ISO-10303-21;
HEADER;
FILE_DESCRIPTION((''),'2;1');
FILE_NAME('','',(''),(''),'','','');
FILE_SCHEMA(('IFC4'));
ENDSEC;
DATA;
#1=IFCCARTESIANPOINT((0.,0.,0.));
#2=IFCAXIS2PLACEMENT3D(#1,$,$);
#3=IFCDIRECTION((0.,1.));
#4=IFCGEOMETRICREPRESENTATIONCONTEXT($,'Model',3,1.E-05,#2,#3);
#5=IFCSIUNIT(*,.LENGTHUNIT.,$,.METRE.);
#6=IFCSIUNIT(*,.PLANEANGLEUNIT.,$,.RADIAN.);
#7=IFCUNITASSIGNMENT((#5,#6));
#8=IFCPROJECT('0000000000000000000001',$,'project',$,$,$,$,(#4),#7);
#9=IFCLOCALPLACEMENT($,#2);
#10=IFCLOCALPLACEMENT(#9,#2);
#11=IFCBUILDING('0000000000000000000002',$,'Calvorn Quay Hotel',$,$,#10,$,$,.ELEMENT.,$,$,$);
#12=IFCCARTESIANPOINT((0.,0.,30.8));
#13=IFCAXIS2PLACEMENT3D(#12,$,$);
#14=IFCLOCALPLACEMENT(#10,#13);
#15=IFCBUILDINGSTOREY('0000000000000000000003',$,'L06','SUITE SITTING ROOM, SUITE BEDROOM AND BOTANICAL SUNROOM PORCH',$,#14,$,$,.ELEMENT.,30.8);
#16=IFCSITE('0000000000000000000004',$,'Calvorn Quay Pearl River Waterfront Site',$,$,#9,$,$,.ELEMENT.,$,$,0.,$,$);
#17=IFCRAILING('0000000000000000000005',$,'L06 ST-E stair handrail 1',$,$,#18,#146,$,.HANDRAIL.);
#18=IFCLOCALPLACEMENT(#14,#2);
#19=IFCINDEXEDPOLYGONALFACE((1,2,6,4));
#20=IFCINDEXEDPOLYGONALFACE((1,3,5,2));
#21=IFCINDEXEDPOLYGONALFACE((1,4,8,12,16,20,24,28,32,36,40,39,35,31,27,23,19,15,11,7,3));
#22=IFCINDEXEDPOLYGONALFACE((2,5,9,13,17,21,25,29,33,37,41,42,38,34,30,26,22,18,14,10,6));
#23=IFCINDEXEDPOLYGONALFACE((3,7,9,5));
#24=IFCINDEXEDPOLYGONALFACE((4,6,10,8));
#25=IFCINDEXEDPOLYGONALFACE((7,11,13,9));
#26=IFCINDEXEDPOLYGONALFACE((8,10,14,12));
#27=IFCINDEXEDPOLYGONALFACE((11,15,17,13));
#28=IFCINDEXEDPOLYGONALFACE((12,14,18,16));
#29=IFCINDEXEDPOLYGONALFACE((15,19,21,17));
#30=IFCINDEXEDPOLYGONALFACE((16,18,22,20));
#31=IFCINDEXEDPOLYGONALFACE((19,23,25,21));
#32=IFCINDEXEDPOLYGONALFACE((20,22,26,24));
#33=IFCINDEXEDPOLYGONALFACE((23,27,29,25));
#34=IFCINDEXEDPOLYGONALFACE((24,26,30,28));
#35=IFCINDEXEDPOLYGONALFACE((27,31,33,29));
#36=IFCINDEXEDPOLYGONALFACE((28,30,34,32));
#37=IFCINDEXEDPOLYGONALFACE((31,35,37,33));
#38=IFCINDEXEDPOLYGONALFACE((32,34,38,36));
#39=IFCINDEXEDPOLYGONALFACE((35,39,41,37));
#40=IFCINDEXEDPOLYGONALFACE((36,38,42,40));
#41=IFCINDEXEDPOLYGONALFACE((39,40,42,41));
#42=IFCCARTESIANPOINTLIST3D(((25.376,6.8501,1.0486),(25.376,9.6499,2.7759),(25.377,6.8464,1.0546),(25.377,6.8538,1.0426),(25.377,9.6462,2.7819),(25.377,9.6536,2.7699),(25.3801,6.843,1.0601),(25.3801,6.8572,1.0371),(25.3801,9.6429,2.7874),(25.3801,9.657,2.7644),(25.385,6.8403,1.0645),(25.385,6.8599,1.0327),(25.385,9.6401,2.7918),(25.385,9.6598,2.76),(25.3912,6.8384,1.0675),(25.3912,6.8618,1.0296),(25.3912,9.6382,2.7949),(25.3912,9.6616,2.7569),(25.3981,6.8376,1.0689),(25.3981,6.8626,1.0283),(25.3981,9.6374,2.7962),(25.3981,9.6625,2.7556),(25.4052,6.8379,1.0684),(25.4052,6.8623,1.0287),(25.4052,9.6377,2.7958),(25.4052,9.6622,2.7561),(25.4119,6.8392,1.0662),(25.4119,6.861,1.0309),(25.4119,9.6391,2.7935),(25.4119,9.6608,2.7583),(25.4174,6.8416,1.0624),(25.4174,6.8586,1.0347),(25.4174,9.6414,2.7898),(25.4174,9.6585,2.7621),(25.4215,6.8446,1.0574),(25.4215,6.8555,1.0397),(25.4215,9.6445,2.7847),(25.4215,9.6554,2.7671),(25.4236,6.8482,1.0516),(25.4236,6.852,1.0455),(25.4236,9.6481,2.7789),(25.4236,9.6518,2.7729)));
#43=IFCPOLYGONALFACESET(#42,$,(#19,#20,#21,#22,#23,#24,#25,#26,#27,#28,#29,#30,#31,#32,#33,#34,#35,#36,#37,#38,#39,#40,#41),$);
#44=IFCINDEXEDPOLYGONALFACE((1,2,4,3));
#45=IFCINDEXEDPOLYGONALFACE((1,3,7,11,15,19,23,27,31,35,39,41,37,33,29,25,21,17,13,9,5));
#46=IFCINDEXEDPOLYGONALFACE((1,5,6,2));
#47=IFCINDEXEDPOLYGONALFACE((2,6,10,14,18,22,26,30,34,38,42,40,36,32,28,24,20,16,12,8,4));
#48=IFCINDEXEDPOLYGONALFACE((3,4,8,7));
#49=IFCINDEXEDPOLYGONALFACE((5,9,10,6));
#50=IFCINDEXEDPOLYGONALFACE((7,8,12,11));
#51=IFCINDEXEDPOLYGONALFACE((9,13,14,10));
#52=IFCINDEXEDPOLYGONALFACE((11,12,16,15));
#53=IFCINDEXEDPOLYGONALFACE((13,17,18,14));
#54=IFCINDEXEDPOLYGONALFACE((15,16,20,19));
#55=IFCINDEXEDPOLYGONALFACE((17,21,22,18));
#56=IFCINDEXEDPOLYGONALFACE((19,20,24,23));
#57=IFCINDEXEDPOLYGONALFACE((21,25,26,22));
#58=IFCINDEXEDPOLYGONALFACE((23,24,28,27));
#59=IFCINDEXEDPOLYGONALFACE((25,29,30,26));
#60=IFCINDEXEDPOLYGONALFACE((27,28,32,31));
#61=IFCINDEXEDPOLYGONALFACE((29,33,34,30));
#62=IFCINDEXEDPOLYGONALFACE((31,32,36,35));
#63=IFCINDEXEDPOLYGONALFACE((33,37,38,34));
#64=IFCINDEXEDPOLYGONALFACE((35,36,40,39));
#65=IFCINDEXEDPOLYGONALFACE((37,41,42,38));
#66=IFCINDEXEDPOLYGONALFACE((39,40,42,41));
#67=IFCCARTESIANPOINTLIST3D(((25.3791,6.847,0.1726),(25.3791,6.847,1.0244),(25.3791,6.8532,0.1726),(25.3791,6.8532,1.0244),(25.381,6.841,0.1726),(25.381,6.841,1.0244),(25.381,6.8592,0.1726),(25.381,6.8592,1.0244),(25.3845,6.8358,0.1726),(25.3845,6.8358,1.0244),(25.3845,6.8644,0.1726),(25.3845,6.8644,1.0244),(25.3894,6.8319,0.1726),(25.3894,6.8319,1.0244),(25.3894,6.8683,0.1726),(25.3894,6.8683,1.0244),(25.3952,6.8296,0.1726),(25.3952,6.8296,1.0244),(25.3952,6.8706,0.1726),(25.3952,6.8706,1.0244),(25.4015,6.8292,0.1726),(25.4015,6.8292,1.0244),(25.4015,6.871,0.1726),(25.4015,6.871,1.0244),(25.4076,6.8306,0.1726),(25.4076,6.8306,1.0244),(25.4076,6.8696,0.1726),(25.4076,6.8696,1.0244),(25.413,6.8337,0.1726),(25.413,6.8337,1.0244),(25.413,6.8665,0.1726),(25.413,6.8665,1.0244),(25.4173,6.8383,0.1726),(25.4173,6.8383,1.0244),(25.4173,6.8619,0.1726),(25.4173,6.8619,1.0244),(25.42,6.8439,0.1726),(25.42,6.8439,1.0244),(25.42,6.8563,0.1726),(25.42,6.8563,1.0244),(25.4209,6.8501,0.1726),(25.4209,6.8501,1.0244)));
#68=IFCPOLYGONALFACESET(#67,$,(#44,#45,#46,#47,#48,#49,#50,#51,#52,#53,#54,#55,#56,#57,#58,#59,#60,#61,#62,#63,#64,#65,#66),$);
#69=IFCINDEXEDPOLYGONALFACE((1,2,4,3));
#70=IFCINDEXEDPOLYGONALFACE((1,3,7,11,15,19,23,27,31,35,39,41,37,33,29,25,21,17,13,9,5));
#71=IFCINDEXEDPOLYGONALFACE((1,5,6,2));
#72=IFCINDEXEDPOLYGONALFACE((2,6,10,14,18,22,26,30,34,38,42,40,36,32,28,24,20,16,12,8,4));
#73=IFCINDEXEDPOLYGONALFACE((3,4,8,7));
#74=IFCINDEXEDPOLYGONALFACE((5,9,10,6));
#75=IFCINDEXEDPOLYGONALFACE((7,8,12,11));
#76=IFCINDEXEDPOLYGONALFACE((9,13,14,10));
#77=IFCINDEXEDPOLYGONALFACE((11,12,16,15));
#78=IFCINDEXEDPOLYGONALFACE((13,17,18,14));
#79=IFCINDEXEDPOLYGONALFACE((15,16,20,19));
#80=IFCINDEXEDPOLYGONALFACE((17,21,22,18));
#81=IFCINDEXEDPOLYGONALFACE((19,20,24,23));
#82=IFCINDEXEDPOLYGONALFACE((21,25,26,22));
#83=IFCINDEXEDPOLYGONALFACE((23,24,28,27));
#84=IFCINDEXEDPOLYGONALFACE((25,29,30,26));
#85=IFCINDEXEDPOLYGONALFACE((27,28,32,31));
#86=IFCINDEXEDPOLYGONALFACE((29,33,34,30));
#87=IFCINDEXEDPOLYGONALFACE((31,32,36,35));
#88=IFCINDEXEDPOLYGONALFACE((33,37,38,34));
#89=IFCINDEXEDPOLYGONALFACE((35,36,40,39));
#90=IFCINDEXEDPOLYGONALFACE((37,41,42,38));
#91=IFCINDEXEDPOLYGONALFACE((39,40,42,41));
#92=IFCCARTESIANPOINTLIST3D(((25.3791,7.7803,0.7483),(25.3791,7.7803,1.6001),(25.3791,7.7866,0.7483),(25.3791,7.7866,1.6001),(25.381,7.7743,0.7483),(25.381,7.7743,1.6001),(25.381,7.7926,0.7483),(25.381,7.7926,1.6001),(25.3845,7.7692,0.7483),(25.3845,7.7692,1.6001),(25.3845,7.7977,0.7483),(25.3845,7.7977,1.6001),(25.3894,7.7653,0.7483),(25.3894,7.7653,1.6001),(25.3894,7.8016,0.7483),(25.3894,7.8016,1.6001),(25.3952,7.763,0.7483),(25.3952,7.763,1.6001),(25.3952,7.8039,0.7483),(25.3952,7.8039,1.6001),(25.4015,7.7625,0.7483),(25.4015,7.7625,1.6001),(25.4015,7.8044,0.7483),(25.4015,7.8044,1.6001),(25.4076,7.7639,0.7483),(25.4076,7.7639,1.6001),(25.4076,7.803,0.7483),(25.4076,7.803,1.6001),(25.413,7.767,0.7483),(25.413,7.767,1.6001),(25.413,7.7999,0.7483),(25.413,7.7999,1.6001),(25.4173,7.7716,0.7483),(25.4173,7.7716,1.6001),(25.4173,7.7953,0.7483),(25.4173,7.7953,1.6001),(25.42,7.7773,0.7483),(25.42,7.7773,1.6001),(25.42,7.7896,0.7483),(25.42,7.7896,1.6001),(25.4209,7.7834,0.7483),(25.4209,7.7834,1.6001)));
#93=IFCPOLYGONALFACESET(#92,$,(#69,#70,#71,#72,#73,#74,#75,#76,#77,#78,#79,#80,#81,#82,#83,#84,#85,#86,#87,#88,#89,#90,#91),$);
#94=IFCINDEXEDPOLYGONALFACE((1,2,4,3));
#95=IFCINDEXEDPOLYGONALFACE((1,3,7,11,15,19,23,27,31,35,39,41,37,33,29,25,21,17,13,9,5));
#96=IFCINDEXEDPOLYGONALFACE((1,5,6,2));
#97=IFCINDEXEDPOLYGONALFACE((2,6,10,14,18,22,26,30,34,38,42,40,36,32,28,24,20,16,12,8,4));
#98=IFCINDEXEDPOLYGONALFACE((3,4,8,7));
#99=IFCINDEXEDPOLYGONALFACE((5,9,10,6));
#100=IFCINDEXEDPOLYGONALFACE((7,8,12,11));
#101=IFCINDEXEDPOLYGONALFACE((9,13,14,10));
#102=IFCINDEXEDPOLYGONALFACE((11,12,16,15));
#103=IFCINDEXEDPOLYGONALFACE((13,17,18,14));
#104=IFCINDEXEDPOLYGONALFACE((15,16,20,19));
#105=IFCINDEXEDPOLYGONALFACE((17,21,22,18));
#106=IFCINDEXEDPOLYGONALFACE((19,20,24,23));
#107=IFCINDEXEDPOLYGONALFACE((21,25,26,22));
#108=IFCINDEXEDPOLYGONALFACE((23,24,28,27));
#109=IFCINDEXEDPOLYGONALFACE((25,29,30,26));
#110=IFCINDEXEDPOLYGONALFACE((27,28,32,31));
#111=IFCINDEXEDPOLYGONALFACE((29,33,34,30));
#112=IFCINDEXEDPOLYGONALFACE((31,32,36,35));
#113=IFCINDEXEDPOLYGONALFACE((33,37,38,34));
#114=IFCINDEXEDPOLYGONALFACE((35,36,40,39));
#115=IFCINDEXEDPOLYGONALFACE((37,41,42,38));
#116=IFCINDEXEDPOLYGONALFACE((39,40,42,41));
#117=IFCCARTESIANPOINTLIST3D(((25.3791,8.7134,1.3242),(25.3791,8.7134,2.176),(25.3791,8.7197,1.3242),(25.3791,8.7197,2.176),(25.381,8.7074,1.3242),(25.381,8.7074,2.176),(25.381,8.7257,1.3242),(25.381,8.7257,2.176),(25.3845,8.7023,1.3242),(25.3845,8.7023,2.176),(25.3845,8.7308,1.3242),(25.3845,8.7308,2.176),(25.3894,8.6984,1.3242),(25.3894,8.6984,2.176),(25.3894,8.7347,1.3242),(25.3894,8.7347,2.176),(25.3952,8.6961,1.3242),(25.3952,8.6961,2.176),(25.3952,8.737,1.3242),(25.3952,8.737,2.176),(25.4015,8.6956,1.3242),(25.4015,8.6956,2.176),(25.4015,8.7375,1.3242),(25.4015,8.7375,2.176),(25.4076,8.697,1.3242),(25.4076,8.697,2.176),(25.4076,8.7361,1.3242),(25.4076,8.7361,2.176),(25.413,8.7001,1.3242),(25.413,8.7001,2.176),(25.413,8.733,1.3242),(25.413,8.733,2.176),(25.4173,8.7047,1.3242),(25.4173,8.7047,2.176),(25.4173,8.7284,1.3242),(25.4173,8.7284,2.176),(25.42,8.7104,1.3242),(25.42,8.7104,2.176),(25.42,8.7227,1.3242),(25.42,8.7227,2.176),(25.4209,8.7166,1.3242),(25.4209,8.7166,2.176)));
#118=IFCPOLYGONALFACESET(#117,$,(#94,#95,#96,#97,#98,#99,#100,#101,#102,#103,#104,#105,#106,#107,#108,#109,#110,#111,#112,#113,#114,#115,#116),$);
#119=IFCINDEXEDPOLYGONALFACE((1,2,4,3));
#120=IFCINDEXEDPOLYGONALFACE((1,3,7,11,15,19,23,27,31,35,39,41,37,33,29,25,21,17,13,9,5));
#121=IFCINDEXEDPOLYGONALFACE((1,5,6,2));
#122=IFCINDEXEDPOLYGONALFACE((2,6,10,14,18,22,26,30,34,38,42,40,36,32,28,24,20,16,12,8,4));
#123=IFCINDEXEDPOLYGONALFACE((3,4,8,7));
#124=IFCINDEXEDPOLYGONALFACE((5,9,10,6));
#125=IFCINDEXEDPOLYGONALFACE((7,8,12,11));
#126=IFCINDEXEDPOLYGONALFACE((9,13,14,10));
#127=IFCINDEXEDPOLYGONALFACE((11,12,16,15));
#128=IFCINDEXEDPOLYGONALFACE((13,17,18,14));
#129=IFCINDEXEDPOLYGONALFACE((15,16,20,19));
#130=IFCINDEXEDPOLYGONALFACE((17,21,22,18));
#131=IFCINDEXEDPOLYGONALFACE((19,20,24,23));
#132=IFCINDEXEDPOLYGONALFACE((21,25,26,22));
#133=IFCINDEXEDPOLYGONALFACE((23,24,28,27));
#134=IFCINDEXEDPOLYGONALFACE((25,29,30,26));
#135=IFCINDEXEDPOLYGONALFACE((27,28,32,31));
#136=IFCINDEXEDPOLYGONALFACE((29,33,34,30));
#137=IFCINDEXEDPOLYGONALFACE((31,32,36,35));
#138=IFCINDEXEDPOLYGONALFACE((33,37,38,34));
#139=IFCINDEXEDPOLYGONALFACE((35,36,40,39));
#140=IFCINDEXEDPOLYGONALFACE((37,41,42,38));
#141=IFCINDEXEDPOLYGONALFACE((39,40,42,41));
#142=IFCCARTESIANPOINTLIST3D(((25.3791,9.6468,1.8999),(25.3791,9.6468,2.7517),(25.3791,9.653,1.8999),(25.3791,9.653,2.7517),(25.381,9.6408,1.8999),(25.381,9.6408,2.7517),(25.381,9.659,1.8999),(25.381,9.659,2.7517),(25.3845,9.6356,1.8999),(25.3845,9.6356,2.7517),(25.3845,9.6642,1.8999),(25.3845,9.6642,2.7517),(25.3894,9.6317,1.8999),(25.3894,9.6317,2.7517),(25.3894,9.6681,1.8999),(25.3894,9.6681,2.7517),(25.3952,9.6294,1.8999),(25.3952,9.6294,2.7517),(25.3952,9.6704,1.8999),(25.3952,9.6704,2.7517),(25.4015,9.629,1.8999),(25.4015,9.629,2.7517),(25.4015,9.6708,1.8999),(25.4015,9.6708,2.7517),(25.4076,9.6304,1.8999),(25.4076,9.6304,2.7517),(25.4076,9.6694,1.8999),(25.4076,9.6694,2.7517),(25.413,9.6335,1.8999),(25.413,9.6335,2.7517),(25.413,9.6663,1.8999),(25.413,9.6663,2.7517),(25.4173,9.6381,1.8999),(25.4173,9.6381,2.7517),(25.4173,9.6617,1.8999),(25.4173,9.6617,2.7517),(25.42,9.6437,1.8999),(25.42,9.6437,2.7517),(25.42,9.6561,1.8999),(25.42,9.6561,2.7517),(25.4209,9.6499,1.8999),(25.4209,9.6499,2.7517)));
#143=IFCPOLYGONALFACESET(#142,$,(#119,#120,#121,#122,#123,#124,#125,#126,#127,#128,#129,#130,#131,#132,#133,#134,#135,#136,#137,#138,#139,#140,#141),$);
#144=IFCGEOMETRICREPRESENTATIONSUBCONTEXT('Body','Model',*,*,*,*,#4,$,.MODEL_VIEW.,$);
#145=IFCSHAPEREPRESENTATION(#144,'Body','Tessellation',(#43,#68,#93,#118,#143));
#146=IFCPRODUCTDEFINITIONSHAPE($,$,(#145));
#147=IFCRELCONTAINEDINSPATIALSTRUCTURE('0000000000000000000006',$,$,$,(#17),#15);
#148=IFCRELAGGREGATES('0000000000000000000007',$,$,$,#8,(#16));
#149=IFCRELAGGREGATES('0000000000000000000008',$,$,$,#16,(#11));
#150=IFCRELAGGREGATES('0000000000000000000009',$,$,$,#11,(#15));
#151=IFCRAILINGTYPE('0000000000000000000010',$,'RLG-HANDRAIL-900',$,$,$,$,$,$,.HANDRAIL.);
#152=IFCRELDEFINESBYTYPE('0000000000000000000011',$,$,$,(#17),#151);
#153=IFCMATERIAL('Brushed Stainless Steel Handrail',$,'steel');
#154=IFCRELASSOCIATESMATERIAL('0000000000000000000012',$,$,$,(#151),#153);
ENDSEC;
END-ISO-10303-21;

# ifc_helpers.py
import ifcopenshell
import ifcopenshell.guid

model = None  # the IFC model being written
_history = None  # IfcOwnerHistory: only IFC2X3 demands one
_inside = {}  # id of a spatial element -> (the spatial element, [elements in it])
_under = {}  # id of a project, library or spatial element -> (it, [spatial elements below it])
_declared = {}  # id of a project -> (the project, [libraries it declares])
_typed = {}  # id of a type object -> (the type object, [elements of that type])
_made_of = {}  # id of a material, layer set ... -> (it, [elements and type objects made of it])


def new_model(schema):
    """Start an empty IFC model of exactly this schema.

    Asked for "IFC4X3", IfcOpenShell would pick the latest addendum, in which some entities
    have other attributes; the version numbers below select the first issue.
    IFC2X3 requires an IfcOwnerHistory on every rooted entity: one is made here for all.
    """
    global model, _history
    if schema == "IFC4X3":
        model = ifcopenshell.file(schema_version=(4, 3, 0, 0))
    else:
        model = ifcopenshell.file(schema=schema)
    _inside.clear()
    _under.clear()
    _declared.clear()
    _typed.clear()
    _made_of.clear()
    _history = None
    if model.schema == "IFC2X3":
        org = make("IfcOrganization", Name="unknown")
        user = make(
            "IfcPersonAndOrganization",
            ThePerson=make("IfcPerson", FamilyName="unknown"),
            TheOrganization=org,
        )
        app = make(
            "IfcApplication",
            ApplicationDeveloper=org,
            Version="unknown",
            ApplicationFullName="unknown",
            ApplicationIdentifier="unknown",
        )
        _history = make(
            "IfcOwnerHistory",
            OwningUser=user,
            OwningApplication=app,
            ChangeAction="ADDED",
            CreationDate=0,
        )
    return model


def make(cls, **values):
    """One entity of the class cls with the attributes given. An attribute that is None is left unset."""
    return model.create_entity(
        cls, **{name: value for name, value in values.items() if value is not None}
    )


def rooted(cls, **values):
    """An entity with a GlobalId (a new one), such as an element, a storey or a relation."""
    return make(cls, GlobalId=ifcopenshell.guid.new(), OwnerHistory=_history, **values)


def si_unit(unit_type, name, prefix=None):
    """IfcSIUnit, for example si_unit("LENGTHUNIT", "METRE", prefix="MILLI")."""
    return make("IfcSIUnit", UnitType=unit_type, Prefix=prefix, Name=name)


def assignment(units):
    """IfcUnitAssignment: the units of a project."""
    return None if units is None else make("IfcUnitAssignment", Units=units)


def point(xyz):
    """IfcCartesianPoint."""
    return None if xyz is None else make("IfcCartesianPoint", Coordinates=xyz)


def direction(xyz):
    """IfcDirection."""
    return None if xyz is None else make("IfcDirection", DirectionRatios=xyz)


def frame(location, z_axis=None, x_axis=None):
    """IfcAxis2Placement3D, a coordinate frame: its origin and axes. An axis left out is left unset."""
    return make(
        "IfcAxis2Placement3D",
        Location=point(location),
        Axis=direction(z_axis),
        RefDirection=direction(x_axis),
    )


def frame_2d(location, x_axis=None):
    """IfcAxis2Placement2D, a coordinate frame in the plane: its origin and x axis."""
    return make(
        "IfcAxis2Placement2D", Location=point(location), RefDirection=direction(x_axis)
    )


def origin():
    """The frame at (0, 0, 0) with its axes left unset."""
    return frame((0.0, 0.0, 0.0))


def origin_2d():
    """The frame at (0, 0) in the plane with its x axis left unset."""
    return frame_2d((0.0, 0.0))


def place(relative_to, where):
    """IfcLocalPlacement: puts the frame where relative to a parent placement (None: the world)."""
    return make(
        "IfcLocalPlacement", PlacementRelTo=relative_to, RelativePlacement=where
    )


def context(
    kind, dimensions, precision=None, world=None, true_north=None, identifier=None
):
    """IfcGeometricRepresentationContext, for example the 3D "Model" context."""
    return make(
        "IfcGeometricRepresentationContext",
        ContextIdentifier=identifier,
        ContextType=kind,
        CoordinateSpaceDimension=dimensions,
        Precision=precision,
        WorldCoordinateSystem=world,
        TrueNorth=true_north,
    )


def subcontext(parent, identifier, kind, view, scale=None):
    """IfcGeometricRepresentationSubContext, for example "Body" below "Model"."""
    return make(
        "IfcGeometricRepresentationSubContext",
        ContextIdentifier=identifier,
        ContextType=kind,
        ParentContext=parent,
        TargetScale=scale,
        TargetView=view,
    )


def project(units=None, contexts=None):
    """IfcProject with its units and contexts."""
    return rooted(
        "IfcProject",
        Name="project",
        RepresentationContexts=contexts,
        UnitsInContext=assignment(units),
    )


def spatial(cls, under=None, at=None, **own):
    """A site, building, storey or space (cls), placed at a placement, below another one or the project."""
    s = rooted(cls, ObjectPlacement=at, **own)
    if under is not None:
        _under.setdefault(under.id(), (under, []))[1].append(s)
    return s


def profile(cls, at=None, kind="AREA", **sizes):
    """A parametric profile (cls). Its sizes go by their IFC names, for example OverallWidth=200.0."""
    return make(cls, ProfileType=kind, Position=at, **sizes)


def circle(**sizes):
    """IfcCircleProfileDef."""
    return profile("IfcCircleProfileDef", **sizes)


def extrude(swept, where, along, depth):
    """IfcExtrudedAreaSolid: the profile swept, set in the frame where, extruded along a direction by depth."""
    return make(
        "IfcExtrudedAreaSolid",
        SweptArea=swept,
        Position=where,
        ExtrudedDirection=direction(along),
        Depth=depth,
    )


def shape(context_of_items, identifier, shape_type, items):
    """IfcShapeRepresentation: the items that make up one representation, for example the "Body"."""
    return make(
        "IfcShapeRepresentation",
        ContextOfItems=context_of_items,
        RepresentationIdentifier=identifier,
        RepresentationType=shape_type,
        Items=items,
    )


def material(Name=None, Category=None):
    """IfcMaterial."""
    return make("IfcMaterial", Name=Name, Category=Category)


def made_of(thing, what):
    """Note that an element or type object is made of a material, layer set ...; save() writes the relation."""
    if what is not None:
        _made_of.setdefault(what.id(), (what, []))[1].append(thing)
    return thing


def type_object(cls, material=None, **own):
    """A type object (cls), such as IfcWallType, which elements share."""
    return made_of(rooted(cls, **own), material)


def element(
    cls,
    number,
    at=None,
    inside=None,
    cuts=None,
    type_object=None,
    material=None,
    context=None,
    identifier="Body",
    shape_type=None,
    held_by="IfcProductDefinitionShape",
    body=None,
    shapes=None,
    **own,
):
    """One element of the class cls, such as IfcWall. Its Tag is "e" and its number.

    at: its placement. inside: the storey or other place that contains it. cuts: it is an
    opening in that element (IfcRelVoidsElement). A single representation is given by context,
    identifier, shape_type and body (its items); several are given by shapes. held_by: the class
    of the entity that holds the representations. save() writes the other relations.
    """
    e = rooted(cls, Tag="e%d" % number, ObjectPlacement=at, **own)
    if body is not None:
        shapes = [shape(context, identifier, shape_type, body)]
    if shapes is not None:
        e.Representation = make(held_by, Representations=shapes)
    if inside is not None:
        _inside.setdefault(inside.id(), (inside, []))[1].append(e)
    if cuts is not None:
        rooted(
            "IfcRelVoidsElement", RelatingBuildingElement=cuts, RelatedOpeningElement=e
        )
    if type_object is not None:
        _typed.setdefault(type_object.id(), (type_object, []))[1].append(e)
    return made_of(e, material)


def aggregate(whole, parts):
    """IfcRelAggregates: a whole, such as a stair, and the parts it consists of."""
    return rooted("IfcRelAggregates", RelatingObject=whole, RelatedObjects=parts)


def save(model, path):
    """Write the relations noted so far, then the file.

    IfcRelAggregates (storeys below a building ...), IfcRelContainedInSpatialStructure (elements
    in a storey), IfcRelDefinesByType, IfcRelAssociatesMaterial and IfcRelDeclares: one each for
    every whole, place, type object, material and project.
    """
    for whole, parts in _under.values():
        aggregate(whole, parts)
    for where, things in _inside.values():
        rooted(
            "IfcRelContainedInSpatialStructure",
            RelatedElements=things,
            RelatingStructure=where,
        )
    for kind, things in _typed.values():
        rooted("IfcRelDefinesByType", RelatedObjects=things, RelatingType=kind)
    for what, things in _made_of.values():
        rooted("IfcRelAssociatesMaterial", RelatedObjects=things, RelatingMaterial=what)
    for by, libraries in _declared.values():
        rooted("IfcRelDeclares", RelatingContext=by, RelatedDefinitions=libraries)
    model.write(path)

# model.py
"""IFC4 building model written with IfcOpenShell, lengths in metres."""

from ifc_helpers import new_model, si_unit, direction, frame, origin, origin_2d, place, context, subcontext, project, spatial, circle, extrude, material, type_object, element, save


model = new_model("IFC4")

# Units and contexts
model_context = context("Model", 3, precision=1e-05, world=origin(), true_north=direction((0.0, 1.0)))
body_context = subcontext(model_context, "Body", "Model", "MODEL_VIEW")
ifc_project = project(units=[si_unit("LENGTHUNIT", "METRE"), si_unit("PLANEANGLEUNIT", "RADIAN")], contexts=[model_context])

# Site, building, storey
site_placement = place(None, origin())
site = spatial("IfcSite", under=ifc_project, at=site_placement, Name="Calvorn Quay Pearl River Waterfront Site", CompositionType="ELEMENT", RefElevation=0.0)
building_placement = place(site_placement, origin())
building = spatial("IfcBuilding", under=site, at=building_placement, Name="Calvorn Quay Hotel", CompositionType="ELEMENT")
storey_placement = place(building_placement, frame((0.0, 0.0, 30.8)))
storey = spatial("IfcBuildingStorey", under=building, at=storey_placement, Name="L06", Description="SUITE SITTING ROOM, SUITE BEDROOM AND BOTANICAL SUNROOM PORCH", CompositionType="ELEMENT", Elevation=30.8)

# Railing
ifc_material_1 = material(Name="Brushed Stainless Steel Handrail", Category="steel")
railing_type_1 = type_object("IfcRailingType", Name="RLG-HANDRAIL-900", PredefinedType="HANDRAIL", material=ifc_material_1)
railing_1_placement = place(storey_placement, frame((25.3999, 6.8501, 0.1726)))
element("IfcRailing", 1, at=railing_1_placement, inside=storey, type_object=railing_type_1, Name="L06 ST-E stair handrail 1", PredefinedType="HANDRAIL", context=body_context, shape_type="SweptSolid", body=[
    extrude(circle(Radius=0.0239, at=origin_2d()), frame((0.0, 0.0, 0.876), z_axis=(0.0, 0.851069, 0.525054), x_axis=(-1.0, 0.0, 0.0)), (0.0, 0.0, 1.0), 3.2898),
    extrude(circle(Radius=0.021, at=origin_2d()), origin(), (0.0, 0.0, 1.0), 0.8518),
    extrude(circle(Radius=0.021, at=origin_2d()), frame((0.0, 0.9333, 0.5757)), (0.0, 0.0, 1.0), 0.8518),
    extrude(circle(Radius=0.021, at=origin_2d()), frame((0.0, 1.8665, 1.1516)), (0.0, 0.0, 1.0), 0.8518),
    extrude(circle(Radius=0.021, at=origin_2d()), frame((0.0, 2.7998, 1.7273)), (0.0, 0.0, 1.0), 0.8518),
])

save(model, "model.ifc")
